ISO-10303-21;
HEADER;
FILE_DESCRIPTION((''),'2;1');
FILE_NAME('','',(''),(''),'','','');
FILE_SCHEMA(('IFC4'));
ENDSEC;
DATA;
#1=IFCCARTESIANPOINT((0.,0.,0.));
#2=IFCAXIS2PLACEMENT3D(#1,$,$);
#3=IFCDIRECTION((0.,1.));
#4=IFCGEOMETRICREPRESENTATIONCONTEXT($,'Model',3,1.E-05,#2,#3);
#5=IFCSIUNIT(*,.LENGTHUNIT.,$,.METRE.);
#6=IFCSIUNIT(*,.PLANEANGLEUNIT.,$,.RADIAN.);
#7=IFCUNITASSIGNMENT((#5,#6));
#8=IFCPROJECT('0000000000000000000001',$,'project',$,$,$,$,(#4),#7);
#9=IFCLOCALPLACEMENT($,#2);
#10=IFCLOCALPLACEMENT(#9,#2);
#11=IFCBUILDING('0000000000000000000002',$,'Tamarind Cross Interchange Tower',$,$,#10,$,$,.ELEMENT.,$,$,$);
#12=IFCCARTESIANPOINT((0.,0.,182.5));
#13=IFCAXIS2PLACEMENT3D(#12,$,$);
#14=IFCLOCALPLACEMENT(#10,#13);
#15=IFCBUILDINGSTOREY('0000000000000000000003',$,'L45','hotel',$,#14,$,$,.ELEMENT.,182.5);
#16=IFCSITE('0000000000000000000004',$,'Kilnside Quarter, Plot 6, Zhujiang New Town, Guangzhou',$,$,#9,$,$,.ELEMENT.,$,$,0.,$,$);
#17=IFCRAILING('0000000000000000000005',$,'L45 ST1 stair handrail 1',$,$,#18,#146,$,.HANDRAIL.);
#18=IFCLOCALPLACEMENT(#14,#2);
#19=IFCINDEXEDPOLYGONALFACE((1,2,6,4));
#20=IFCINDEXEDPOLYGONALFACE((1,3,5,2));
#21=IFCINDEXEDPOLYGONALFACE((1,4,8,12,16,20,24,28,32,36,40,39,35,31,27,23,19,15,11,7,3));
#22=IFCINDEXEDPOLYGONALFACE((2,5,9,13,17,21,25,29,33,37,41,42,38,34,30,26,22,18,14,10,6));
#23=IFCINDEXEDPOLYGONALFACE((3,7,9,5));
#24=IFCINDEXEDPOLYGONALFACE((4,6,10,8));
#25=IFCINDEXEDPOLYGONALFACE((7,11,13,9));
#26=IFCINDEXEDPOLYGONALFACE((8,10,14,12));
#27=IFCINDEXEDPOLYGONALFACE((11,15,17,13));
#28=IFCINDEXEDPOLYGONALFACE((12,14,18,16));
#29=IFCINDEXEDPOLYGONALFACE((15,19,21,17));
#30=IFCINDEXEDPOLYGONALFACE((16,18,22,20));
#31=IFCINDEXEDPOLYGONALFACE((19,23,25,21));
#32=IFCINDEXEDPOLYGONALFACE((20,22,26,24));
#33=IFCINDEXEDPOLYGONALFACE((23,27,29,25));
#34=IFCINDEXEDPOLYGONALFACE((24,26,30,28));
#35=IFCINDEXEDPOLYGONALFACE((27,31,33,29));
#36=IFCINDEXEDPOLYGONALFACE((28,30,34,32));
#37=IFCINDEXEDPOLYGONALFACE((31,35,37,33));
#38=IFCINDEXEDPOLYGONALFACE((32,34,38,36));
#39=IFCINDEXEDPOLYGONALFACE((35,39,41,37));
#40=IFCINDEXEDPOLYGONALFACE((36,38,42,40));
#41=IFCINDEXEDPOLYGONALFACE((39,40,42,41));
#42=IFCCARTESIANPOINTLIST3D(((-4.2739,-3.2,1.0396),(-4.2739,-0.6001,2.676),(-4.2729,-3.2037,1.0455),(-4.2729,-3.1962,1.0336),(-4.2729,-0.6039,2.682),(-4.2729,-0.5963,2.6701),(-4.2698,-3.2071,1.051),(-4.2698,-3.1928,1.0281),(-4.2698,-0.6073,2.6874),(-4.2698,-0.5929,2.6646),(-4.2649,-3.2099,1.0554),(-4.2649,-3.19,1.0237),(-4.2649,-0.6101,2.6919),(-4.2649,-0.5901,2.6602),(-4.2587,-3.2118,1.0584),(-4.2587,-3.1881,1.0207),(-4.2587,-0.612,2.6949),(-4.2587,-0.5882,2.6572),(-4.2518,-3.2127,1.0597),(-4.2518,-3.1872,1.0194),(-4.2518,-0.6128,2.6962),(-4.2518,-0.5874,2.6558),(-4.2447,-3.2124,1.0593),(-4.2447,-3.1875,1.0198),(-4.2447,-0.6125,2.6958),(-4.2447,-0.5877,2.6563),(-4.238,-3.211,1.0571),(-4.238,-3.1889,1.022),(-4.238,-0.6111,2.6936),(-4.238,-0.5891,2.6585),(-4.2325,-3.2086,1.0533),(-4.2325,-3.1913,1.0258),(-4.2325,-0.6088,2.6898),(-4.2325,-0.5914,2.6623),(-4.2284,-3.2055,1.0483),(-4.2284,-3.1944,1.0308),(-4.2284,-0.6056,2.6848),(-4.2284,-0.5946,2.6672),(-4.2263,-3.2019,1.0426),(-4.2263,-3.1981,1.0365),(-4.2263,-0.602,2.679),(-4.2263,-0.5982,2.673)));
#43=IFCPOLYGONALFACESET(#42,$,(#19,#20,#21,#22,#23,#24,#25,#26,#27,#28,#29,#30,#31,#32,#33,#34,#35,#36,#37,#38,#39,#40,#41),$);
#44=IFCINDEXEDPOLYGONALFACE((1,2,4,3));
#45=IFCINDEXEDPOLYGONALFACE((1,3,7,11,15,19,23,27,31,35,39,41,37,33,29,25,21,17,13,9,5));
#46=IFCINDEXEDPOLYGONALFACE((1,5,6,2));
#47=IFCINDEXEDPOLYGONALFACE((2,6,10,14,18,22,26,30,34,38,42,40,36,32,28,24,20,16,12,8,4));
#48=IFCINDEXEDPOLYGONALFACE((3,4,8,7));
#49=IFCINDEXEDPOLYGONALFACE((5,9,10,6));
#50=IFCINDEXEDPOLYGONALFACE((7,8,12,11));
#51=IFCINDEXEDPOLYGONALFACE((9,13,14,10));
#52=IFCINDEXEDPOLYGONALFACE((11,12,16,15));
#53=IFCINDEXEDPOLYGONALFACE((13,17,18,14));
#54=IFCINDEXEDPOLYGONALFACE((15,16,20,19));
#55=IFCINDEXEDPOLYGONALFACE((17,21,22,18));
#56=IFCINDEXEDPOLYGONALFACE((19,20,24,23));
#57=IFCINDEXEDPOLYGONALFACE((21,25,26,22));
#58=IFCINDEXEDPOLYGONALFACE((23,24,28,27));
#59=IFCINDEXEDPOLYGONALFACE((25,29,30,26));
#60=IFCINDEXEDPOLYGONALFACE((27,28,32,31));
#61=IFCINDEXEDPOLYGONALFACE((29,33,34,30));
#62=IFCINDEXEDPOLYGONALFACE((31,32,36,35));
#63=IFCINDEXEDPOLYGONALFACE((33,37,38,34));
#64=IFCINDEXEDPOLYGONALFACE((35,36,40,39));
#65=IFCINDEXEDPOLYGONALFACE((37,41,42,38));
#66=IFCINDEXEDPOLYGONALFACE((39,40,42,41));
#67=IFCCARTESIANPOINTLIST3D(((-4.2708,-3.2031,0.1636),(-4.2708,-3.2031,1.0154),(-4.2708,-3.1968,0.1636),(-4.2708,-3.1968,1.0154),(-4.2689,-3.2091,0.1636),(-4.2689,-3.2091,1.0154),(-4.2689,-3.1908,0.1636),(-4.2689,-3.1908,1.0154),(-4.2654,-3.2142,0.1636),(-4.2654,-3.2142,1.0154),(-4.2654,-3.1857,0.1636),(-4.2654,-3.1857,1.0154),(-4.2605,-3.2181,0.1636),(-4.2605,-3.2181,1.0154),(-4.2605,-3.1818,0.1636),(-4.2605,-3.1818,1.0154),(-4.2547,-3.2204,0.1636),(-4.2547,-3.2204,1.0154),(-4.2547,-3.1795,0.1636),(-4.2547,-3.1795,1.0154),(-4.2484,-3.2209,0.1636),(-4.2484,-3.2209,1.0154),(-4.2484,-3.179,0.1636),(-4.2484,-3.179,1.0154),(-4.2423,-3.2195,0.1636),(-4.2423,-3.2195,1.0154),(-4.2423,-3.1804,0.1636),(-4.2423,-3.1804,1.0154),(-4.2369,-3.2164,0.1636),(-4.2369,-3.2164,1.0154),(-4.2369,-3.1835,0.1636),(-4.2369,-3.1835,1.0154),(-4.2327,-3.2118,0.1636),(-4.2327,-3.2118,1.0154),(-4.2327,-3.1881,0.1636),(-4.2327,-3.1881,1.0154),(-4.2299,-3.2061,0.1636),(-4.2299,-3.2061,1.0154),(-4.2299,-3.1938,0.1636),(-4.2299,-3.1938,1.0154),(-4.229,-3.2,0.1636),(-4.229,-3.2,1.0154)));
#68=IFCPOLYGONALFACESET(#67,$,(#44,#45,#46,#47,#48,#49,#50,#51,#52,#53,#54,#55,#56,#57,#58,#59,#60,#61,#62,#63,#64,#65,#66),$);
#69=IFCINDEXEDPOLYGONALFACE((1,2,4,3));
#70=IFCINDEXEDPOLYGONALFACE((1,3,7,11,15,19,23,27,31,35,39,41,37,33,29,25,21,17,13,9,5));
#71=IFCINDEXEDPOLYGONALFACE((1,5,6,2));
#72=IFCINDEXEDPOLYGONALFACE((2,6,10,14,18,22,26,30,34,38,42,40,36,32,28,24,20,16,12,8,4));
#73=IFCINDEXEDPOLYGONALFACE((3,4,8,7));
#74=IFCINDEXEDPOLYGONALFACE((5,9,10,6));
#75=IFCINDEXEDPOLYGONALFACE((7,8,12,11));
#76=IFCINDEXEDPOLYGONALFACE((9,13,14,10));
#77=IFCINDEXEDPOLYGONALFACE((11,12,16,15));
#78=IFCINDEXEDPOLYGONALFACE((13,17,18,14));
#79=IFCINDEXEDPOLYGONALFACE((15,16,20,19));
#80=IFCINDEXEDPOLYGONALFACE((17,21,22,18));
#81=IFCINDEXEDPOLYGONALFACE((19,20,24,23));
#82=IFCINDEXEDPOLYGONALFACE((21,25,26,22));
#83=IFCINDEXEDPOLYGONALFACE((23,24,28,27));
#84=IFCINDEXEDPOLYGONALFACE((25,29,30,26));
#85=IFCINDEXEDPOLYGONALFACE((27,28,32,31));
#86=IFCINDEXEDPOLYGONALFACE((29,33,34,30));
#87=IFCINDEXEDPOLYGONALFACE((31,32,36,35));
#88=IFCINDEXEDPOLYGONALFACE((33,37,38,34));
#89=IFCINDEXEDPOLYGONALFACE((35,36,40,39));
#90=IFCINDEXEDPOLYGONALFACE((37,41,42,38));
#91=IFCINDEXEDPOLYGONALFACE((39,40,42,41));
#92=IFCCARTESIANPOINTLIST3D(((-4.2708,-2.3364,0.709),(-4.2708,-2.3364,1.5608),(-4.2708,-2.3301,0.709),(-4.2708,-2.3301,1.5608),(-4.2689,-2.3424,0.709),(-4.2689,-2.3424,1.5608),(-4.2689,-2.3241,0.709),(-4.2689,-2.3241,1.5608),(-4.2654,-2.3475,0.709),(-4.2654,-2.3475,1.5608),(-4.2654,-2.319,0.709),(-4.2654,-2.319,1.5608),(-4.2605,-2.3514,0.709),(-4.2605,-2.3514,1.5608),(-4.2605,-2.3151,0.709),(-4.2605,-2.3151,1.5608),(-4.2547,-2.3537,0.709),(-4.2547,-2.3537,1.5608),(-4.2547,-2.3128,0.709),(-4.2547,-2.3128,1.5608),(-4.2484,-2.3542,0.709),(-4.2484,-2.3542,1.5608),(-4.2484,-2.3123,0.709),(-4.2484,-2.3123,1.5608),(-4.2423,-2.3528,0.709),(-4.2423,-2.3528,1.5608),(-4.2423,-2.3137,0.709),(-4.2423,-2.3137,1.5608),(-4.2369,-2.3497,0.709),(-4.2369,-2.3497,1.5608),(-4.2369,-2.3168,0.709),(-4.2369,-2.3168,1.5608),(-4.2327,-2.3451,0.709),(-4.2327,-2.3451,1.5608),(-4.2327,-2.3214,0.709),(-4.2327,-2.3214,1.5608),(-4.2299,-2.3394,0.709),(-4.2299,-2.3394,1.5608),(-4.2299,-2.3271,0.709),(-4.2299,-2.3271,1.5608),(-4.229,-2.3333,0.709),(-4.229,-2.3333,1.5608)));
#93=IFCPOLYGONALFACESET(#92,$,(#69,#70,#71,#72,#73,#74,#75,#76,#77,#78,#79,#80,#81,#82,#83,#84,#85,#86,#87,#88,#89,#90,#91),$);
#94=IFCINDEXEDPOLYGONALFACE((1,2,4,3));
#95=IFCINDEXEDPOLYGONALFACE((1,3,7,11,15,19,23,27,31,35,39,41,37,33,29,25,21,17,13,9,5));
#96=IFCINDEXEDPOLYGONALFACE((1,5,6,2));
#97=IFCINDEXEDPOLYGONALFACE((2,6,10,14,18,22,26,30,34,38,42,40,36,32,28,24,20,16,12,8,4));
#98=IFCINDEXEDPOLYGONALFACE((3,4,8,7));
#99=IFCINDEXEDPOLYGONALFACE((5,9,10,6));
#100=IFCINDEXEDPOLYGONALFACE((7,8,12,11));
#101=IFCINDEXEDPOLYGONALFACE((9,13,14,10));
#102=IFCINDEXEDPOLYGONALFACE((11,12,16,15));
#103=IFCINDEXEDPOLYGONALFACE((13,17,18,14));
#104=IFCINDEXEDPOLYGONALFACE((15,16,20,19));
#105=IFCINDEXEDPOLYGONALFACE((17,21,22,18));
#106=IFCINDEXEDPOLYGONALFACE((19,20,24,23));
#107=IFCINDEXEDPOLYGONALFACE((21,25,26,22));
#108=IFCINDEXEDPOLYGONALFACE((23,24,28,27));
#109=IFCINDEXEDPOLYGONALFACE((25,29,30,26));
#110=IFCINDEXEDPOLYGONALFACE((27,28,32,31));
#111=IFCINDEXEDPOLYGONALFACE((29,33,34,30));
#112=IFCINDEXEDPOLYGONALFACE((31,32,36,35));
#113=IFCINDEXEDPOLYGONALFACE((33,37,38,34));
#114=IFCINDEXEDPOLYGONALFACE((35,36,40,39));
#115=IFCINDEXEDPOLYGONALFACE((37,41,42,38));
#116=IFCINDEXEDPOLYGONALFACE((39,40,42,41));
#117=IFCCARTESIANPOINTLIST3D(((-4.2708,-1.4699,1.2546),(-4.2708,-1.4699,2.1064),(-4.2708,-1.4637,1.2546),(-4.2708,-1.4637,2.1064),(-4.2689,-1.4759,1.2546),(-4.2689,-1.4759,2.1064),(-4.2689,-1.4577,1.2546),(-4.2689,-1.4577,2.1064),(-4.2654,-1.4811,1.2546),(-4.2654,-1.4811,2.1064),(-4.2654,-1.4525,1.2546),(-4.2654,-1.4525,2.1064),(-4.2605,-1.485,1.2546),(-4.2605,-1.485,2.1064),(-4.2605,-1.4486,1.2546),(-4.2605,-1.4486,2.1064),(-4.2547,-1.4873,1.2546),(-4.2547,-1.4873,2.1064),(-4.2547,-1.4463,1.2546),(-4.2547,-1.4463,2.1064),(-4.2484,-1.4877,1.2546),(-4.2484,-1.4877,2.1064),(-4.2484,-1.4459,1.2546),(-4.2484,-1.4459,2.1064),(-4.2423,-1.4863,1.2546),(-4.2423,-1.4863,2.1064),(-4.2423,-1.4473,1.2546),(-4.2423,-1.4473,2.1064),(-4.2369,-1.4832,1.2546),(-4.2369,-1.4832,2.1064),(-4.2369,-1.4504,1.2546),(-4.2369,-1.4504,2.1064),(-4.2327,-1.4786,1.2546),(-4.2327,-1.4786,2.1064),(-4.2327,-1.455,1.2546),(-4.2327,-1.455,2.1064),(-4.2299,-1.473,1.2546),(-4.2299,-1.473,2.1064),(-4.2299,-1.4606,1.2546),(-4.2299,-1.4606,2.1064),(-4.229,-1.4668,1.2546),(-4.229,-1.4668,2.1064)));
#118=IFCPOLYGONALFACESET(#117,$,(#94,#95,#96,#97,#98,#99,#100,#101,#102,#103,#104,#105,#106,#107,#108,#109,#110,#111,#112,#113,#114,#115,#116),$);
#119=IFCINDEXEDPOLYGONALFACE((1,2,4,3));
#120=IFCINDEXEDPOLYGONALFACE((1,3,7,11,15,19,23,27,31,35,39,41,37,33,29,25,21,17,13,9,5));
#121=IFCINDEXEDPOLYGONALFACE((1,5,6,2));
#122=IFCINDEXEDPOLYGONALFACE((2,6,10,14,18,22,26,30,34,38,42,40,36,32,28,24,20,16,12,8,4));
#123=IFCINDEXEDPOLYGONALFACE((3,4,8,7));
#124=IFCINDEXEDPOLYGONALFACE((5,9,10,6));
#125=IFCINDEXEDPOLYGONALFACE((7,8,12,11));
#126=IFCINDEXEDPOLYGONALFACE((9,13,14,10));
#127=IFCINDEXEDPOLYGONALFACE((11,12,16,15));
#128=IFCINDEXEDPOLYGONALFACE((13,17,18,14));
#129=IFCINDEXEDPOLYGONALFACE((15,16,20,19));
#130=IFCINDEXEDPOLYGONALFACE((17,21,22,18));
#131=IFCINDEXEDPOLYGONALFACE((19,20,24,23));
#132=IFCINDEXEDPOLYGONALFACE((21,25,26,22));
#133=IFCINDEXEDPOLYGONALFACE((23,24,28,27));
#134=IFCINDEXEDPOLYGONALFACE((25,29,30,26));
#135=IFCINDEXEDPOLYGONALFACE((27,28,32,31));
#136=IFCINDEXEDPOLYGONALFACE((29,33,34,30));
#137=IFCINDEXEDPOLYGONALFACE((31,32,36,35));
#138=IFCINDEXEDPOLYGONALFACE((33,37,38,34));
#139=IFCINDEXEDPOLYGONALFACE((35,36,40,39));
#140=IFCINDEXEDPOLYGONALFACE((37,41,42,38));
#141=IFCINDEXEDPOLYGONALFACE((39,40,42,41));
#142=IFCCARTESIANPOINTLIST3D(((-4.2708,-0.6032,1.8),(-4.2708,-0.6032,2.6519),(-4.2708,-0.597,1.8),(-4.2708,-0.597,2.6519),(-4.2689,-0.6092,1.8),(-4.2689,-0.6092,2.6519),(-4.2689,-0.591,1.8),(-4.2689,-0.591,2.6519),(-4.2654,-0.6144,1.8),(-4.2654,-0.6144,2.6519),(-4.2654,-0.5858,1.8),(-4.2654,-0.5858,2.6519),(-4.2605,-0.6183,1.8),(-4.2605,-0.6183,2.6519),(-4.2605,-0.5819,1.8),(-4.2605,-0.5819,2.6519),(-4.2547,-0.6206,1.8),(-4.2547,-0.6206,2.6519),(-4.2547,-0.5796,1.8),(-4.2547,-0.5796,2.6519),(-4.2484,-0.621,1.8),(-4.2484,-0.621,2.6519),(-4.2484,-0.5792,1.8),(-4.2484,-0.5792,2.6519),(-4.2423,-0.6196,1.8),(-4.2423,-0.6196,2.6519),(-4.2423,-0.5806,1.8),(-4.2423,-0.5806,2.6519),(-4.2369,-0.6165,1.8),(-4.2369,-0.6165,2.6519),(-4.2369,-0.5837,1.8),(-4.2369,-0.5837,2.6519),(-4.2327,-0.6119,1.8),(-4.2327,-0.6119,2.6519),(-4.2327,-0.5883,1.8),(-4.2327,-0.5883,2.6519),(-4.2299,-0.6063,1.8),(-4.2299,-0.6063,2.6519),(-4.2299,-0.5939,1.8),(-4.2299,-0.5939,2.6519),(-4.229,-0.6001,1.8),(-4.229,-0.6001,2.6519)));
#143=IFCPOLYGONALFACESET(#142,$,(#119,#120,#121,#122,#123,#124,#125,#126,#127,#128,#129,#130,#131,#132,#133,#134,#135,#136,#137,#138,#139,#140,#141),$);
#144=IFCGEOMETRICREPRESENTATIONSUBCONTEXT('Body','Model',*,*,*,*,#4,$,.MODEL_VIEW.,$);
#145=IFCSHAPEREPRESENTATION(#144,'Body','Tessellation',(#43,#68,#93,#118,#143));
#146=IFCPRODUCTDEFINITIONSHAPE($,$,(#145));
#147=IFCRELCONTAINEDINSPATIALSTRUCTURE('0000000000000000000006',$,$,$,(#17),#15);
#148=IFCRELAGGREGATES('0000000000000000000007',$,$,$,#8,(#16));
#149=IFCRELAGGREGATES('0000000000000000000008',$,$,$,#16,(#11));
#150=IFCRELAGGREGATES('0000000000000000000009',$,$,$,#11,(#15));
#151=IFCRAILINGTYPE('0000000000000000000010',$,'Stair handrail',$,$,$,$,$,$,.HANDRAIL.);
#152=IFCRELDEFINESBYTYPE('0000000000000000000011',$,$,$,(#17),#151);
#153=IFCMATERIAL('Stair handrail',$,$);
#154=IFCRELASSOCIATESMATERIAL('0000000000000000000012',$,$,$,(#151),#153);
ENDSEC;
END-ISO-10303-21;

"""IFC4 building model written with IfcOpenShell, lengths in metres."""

from ifc_helpers import new_model, si_unit, direction, frame, origin, origin_2d, place, context, subcontext, project, spatial, circle, extrude, material, type_object, element, save


model = new_model("IFC4")

# Units and contexts
model_context = context("Model", 3, precision=1e-05, world=origin(), true_north=direction((0.0, 1.0)))
body_context = subcontext(model_context, "Body", "Model", "MODEL_VIEW")
ifc_project = project(units=[si_unit("LENGTHUNIT", "METRE"), si_unit("PLANEANGLEUNIT", "RADIAN")], contexts=[model_context])

# Site, building, storey
site_placement = place(None, origin())
site = spatial("IfcSite", under=ifc_project, at=site_placement, Name="Kilnside Quarter, Plot 6, Zhujiang New Town, Guangzhou", CompositionType="ELEMENT", RefElevation=0.0)
building_placement = place(site_placement, origin())
building = spatial("IfcBuilding", under=site, at=building_placement, Name="Tamarind Cross Interchange Tower", CompositionType="ELEMENT")
storey_placement = place(building_placement, frame((0.0, 0.0, 182.5)))
storey = spatial("IfcBuildingStorey", under=building, at=storey_placement, Name="L45", Description="hotel", CompositionType="ELEMENT", Elevation=182.5)

# Railing
ifc_material_1 = material(Name="Stair handrail")
railing_type = type_object("IfcRailingType", Name="Stair handrail", PredefinedType="HANDRAIL", material=ifc_material_1)
railing_placement = place(storey_placement, frame((-4.25, -3.2, 0.1636)))
element("IfcRailing", 1, at=railing_placement, inside=storey, type_object=railing_type, Name="L45 ST1 stair handrail 1", PredefinedType="HANDRAIL", context=body_context, shape_type="SweptSolid", body=[
    extrude(circle(Radius=0.0239, at=origin_2d()), frame((0.0, 0.0, 0.876), z_axis=(0.0, 0.846302, 0.532704), x_axis=(-1.0, 0.0, 0.0)), (0.0, 0.0, 1.0), 3.072),
    extrude(circle(Radius=0.021, at=origin_2d()), origin(), (0.0, 0.0, 1.0), 0.8518),
    extrude(circle(Radius=0.021, at=origin_2d()), frame((0.0, 0.8667, 0.5454)), (0.0, 0.0, 1.0), 0.8518),
    extrude(circle(Radius=0.021, at=origin_2d()), frame((0.0, 1.7332, 1.0911)), (0.0, 0.0, 1.0), 0.8518),
    extrude(circle(Radius=0.021, at=origin_2d()), frame((0.0, 2.5999, 1.6365)), (0.0, 0.0, 1.0), 0.8518),
])

save(model, "model.ifc")
